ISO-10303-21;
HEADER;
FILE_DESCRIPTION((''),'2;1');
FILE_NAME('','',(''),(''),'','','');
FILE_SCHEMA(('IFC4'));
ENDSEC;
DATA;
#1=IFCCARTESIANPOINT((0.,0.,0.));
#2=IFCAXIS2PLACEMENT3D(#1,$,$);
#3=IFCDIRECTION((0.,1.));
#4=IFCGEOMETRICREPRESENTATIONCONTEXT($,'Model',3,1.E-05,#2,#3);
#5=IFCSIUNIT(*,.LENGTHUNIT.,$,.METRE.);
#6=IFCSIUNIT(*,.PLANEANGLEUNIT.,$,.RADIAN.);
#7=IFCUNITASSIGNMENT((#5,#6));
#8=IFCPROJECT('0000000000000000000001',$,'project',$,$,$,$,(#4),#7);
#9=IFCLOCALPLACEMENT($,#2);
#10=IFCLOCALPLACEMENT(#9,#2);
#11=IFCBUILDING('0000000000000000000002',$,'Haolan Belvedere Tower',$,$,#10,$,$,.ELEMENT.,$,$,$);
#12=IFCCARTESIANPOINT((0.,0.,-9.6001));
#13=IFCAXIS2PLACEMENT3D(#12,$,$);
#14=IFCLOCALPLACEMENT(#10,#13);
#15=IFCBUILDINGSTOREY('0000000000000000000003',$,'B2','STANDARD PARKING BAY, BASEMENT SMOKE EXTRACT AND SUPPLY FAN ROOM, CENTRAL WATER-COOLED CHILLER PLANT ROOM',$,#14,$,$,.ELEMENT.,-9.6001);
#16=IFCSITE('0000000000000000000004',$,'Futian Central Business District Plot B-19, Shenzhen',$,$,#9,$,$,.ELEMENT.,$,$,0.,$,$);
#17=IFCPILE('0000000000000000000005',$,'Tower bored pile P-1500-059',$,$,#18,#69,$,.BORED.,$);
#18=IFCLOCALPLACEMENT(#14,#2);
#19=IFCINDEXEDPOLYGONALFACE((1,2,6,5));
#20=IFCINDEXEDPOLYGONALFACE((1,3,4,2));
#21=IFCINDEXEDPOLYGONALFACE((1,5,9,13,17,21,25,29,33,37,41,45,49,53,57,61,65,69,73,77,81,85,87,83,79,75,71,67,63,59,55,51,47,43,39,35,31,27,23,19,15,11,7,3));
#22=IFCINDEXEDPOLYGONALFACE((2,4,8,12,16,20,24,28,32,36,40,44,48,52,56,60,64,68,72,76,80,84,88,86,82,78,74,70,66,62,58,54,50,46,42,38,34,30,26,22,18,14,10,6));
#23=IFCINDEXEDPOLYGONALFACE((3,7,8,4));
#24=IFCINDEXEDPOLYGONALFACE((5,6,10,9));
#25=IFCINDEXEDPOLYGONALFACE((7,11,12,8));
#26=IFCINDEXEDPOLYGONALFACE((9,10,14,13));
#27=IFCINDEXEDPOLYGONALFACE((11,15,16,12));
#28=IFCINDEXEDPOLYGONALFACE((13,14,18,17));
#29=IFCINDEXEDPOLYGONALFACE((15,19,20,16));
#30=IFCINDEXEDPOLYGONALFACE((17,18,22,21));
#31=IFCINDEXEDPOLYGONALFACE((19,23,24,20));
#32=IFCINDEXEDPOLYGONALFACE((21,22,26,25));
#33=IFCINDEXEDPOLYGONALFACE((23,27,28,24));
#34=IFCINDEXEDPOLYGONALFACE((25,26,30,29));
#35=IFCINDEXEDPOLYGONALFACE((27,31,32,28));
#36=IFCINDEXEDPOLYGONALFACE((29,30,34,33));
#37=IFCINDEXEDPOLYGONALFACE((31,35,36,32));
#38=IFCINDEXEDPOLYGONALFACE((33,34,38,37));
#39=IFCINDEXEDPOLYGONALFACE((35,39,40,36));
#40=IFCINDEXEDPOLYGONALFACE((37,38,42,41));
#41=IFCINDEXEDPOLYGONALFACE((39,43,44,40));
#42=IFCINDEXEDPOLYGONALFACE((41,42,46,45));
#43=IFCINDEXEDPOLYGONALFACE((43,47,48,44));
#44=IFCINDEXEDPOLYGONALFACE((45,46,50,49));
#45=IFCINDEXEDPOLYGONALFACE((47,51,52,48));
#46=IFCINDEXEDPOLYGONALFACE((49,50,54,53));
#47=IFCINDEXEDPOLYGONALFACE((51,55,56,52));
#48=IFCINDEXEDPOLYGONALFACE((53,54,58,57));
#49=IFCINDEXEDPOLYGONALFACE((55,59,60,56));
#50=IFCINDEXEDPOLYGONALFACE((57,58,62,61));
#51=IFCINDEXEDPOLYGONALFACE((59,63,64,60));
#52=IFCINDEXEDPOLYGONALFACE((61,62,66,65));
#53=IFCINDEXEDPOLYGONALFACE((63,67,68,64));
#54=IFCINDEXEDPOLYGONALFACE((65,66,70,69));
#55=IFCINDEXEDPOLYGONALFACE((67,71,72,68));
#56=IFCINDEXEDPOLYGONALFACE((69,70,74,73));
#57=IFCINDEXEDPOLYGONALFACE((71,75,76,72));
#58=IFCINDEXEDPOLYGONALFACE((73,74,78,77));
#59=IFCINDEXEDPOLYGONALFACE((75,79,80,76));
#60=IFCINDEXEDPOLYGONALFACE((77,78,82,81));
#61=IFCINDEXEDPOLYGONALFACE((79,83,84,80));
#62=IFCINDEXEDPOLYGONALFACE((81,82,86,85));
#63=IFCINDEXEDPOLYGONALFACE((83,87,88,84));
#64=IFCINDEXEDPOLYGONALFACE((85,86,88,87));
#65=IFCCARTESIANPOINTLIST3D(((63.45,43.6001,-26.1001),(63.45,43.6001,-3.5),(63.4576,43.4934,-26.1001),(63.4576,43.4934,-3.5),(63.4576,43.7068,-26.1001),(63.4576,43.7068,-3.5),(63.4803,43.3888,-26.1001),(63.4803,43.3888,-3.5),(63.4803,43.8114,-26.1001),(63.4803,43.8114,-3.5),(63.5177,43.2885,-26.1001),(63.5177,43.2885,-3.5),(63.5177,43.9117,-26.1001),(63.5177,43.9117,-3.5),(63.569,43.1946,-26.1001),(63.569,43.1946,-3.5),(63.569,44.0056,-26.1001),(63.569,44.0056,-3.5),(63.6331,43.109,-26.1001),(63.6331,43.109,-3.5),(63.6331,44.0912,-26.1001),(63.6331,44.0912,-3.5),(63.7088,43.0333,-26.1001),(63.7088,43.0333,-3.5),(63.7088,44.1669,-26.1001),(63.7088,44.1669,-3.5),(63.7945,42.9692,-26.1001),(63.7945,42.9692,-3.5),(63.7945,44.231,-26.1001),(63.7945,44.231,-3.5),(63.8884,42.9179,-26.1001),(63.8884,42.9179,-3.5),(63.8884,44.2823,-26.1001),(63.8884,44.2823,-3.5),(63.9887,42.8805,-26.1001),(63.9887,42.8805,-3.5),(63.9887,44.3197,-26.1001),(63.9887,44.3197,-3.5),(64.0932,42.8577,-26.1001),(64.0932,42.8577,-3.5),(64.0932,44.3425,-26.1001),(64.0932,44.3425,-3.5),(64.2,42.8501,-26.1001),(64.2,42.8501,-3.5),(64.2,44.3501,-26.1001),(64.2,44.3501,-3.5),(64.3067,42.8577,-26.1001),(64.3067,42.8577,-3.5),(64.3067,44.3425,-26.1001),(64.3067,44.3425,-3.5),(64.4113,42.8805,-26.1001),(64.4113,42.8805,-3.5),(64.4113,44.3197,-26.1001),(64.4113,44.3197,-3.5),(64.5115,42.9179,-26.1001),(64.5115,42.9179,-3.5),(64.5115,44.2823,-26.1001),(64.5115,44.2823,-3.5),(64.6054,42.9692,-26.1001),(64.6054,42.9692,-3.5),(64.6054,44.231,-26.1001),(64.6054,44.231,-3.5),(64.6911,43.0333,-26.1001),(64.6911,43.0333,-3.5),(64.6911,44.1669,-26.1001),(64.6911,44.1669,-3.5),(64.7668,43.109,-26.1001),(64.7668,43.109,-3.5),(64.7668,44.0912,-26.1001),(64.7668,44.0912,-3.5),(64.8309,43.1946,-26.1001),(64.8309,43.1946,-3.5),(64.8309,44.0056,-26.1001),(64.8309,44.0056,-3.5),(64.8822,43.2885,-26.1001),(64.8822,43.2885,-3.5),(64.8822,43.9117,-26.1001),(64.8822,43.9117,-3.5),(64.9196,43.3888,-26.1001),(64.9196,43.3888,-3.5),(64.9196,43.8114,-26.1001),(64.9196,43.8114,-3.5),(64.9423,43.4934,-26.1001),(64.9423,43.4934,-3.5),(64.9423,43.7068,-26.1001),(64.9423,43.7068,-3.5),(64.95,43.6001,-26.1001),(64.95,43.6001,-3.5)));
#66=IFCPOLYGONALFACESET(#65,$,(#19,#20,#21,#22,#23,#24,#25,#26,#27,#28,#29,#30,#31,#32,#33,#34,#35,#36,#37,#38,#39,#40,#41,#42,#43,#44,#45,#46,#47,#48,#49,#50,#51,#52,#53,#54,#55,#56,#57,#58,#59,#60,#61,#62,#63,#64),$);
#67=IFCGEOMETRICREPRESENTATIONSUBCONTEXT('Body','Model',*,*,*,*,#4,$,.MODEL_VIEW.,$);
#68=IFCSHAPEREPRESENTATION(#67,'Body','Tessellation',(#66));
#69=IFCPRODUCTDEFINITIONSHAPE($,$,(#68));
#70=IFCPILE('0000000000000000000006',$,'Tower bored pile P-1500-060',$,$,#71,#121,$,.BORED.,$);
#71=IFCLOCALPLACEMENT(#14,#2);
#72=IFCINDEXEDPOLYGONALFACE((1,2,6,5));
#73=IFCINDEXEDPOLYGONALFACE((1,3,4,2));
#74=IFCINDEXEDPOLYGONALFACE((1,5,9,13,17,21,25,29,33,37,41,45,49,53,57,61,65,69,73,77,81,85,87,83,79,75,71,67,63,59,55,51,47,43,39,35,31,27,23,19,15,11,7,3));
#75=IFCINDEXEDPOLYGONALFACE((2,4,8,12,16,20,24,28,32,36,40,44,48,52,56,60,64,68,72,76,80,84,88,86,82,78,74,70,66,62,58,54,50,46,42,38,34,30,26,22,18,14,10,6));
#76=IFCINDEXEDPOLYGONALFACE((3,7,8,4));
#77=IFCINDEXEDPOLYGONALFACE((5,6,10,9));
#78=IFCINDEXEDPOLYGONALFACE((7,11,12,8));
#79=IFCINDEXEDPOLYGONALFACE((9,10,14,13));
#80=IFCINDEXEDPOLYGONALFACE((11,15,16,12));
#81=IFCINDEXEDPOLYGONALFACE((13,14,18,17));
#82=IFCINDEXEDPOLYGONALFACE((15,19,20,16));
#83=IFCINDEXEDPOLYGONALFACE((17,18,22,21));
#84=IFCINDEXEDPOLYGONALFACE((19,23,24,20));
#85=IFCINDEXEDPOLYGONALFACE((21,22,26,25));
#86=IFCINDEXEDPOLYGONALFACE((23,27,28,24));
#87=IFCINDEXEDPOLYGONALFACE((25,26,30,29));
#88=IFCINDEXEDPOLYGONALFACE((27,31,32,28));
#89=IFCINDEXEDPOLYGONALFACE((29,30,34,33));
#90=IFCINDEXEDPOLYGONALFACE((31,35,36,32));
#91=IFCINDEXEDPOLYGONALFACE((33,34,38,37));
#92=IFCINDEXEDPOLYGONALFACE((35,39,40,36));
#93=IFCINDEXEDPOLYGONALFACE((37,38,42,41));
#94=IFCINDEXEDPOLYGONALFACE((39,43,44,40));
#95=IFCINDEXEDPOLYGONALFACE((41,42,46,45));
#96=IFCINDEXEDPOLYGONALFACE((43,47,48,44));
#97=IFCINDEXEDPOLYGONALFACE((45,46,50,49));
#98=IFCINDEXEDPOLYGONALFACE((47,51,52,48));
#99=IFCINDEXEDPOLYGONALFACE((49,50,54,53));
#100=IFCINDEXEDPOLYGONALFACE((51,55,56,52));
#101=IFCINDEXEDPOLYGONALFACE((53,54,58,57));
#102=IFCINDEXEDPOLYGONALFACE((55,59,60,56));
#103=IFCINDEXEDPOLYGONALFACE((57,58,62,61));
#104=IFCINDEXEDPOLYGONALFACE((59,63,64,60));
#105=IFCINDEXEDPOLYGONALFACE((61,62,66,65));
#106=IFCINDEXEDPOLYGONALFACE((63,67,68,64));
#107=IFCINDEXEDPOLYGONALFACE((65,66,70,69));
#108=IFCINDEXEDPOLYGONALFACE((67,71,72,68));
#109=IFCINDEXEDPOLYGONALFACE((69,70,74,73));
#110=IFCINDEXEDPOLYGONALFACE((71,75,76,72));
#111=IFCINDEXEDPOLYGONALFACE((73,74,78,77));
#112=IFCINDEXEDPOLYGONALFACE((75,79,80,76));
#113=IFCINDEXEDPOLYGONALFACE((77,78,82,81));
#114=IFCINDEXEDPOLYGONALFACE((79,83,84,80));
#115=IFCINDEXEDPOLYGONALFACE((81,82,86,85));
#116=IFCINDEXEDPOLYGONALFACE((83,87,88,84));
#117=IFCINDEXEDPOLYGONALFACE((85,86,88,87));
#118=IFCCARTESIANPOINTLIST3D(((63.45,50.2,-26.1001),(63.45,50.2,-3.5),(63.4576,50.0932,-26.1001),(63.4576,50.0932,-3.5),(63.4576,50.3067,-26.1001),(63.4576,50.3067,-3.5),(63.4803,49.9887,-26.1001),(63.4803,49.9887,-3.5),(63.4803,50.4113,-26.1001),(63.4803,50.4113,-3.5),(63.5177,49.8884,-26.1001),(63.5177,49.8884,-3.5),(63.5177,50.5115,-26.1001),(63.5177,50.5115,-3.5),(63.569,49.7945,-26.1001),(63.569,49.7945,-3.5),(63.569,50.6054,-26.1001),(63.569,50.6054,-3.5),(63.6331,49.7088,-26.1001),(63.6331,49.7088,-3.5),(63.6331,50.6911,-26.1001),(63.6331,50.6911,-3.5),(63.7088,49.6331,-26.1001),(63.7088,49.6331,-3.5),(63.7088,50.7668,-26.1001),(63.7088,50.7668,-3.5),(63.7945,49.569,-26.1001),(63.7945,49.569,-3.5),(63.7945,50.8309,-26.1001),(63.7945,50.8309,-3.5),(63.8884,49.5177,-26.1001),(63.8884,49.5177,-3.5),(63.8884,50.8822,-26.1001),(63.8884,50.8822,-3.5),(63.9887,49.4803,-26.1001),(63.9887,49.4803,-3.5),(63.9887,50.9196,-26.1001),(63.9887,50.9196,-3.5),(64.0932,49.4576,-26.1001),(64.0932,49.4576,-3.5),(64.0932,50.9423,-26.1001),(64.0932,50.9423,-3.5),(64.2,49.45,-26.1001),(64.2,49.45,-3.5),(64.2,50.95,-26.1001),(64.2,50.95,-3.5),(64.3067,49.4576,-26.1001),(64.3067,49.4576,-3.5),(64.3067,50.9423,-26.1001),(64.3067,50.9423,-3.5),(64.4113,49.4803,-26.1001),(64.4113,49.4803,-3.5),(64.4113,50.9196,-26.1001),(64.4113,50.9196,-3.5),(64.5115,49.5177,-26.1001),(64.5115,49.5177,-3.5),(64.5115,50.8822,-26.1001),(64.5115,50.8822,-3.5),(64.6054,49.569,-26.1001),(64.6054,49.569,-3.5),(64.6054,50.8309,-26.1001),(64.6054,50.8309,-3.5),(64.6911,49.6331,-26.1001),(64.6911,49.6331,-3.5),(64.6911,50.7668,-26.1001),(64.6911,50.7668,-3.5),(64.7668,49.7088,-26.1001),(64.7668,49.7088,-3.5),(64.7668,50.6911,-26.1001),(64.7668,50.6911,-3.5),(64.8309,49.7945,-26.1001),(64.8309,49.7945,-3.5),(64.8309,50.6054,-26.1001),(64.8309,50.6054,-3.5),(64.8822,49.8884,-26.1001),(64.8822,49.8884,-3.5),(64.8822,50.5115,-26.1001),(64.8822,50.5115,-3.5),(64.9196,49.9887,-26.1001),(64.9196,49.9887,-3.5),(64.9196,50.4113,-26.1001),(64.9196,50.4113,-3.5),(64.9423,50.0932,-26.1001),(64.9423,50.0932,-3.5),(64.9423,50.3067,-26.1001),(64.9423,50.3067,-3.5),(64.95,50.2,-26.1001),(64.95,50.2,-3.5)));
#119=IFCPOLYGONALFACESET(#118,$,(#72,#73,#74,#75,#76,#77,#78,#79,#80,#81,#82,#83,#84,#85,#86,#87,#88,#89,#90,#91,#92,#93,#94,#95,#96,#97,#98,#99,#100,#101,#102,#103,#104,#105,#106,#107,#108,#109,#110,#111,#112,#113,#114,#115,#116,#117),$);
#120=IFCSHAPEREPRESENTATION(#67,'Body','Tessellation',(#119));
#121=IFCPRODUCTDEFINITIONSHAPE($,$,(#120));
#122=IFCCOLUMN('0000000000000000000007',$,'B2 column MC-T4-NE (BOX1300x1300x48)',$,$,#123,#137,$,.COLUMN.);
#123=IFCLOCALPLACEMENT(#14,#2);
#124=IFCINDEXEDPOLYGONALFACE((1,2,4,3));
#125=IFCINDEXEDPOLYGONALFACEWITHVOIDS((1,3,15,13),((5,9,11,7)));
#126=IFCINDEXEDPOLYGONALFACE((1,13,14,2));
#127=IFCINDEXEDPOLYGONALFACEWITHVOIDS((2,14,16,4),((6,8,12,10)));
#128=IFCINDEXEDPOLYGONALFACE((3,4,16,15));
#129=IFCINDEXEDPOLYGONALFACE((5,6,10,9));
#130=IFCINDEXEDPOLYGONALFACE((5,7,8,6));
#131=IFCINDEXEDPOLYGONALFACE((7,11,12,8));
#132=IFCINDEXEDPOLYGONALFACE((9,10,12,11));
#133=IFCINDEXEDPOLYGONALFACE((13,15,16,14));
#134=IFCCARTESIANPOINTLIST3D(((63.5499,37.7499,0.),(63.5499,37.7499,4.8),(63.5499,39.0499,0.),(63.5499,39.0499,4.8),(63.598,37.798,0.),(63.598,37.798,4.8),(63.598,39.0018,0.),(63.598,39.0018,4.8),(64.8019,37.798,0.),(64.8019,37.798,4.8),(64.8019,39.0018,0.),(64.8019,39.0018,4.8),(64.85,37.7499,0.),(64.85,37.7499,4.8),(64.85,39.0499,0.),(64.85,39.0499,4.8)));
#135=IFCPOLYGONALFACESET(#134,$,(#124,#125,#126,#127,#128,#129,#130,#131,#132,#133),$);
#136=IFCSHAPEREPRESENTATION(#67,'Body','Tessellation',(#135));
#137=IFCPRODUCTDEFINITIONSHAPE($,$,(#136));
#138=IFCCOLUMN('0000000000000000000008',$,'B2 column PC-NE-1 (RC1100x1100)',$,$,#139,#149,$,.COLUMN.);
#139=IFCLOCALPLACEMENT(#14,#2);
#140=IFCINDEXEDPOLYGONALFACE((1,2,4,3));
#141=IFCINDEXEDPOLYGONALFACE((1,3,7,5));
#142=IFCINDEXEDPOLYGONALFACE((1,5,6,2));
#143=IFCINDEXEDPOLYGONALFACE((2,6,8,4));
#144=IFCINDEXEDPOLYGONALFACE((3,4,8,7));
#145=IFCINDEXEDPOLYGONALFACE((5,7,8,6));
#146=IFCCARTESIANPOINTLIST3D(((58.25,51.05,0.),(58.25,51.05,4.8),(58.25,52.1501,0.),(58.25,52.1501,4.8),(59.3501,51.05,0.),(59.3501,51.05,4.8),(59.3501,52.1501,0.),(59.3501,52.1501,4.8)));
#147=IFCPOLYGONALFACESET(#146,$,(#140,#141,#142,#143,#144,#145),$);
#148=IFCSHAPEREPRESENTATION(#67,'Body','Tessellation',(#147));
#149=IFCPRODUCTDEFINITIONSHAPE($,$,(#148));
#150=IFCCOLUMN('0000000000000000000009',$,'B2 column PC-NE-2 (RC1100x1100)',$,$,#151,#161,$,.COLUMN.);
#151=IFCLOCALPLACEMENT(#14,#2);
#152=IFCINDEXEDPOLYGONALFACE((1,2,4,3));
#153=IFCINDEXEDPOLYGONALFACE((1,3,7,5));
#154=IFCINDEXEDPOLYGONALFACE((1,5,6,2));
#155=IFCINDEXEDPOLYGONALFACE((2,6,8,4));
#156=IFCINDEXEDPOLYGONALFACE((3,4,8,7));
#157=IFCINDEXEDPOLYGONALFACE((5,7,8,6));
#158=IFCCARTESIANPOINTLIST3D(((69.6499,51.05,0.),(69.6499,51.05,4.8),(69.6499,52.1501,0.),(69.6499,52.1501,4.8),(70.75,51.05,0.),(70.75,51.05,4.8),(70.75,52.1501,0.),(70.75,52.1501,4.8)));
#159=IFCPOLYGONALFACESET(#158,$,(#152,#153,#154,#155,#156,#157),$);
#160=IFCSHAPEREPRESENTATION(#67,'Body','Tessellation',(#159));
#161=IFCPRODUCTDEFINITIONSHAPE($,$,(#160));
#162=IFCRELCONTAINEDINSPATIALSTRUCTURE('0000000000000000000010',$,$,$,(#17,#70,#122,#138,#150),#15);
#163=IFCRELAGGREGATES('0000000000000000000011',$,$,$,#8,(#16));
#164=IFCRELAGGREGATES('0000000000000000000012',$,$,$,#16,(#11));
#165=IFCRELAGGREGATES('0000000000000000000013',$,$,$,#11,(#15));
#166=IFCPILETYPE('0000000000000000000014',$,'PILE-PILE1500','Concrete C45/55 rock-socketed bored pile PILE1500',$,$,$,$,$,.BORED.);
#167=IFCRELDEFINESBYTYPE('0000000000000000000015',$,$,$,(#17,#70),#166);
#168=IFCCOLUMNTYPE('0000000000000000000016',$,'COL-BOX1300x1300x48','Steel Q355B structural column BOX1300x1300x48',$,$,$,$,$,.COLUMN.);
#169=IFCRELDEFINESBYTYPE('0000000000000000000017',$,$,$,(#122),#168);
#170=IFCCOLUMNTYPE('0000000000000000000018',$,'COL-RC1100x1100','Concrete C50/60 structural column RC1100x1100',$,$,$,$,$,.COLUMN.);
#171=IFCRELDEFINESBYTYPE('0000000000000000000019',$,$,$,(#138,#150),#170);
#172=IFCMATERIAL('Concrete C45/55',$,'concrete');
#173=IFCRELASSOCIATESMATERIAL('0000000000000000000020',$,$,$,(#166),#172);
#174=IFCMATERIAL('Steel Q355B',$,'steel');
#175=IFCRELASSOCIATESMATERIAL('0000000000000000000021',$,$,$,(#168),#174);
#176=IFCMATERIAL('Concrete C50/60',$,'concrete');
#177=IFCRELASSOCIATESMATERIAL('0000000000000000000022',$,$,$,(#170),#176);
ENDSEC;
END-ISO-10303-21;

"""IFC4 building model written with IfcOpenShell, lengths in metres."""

from ifc_helpers import new_model, si_unit, direction, frame, origin, origin_2d, place, context, subcontext, project, spatial, rectangle, hollow_rectangle, circle, extrude, material, material_profile, profile_set, type_object, element, save


model = new_model("IFC4")

# Units and contexts
model_context = context("Model", 3, precision=1e-05, world=origin(), true_north=direction((0.0, 1.0)))
body_context = subcontext(model_context, "Body", "Model", "MODEL_VIEW")
ifc_project = project(units=[si_unit("LENGTHUNIT", "METRE"), si_unit("PLANEANGLEUNIT", "RADIAN")], contexts=[model_context])

# Site, building, storey
site_placement = place(None, origin())
site = spatial("IfcSite", under=ifc_project, at=site_placement, Name="Futian Central Business District Plot B-19, Shenzhen", CompositionType="ELEMENT", RefElevation=0.0)
building_placement = place(site_placement, origin())
building = spatial("IfcBuilding", under=site, at=building_placement, Name="Haolan Belvedere Tower", CompositionType="ELEMENT")
storey_placement = place(building_placement, frame((0.0, 0.0, -9.6001)))
storey = spatial("IfcBuildingStorey", under=building, at=storey_placement, Name="B2", Description="STANDARD PARKING BAY, BASEMENT SMOKE EXTRACT AND SUPPLY FAN ROOM, CENTRAL WATER-COOLED CHILLER PLANT ROOM", CompositionType="ELEMENT", Elevation=-9.6001)

# Shared definitions
ifc_material_1 = material(Name="Concrete C50/60", Category="concrete")

# Piles
ifc_material_2 = material(Name="Concrete C45/55", Category="concrete")
ifc_material_profile_1 = material_profile(ifc_material_2, circle(Radius=0.75, at=origin_2d()), Name="Concrete C45/55")
ifc_profile_set_1 = profile_set([ifc_material_profile_1], Name="Concrete C45/55")
pile_type_1 = type_object("IfcPileType", Name="PILE-PILE1500", Description="Concrete C45/55 rock-socketed bored pile PILE1500", PredefinedType="BORED", material=ifc_profile_set_1)
for number, where, z_axis, x_axis, name in (
    (1, (64.2, 43.6001, -3.5), (0.0, 0.0, -1.0), (1.0, 0.0, 0.0), "Tower bored pile P-1500-059"),
    (2, (64.2, 50.2, -3.5), (0.0, 0.0, -1.0), (1.0, 0.0, 0.0), "Tower bored pile P-1500-060"),
):
    element("IfcPile", number, at=place(storey_placement, frame(where, z_axis=z_axis, x_axis=x_axis)), inside=storey, type_object=pile_type_1, Name=name, PredefinedType="BORED", context=body_context, shape_type="SweptSolid", body=[
        extrude(circle(Radius=0.75, at=origin_2d()), origin(), (0.0, 0.0, 1.0), 22.6001),
    ])

# Columns
ifc_material_3 = material(Name="Steel Q355B", Category="steel")
ifc_material_profile_2 = material_profile(ifc_material_3, hollow_rectangle(XDim=1.3, YDim=1.3, WallThickness=0.0481, at=origin_2d()), Name="Steel Q355B")
ifc_profile_set_2 = profile_set([ifc_material_profile_2], Name="Steel Q355B")
column_type_1 = type_object("IfcColumnType", Name="COL-BOX1300x1300x48", Description="Steel Q355B structural column BOX1300x1300x48", PredefinedType="COLUMN", material=ifc_profile_set_2)
column_placement = place(storey_placement, frame((64.2, 38.3999, 0.0), z_axis=(0.0, 0.0, 1.0), x_axis=(1.0, 0.0, 0.0)))
element("IfcColumn", 3, at=column_placement, inside=storey, type_object=column_type_1, Name="B2 column MC-T4-NE (BOX1300x1300x48)", PredefinedType="COLUMN", context=body_context, shape_type="SweptSolid", body=[
    extrude(hollow_rectangle(XDim=1.3, YDim=1.3, WallThickness=0.0481, at=origin_2d()), origin(), (0.0, 0.0, 1.0), 4.8),
])
ifc_material_profile_3 = material_profile(ifc_material_1, rectangle(XDim=1.1001, YDim=1.1001, at=origin_2d()), Name="Concrete C50/60")
ifc_profile_set_3 = profile_set([ifc_material_profile_3], Name="Concrete C50/60")
column_type_2 = type_object("IfcColumnType", Name="COL-RC1100x1100", Description="Concrete C50/60 structural column RC1100x1100", PredefinedType="COLUMN", material=ifc_profile_set_3)
for number, where, z_axis, x_axis, name in (
    (4, (58.8, 51.6001, 0.0), (0.0, 0.0, 1.0), (1.0, 0.0, 0.0), "B2 column PC-NE-1 (RC1100x1100)"),
    (5, (70.2, 51.6001, 0.0), (0.0, 0.0, 1.0), (1.0, 0.0, 0.0), "B2 column PC-NE-2 (RC1100x1100)"),
):
    element("IfcColumn", number, at=place(storey_placement, frame(where, z_axis=z_axis, x_axis=x_axis)), inside=storey, type_object=column_type_2, Name=name, PredefinedType="COLUMN", context=body_context, shape_type="SweptSolid", body=[
        extrude(rectangle(XDim=1.1001, YDim=1.1001, at=origin_2d()), origin(), (0.0, 0.0, 1.0), 4.8),
    ])

save(model, "model.ifc")
